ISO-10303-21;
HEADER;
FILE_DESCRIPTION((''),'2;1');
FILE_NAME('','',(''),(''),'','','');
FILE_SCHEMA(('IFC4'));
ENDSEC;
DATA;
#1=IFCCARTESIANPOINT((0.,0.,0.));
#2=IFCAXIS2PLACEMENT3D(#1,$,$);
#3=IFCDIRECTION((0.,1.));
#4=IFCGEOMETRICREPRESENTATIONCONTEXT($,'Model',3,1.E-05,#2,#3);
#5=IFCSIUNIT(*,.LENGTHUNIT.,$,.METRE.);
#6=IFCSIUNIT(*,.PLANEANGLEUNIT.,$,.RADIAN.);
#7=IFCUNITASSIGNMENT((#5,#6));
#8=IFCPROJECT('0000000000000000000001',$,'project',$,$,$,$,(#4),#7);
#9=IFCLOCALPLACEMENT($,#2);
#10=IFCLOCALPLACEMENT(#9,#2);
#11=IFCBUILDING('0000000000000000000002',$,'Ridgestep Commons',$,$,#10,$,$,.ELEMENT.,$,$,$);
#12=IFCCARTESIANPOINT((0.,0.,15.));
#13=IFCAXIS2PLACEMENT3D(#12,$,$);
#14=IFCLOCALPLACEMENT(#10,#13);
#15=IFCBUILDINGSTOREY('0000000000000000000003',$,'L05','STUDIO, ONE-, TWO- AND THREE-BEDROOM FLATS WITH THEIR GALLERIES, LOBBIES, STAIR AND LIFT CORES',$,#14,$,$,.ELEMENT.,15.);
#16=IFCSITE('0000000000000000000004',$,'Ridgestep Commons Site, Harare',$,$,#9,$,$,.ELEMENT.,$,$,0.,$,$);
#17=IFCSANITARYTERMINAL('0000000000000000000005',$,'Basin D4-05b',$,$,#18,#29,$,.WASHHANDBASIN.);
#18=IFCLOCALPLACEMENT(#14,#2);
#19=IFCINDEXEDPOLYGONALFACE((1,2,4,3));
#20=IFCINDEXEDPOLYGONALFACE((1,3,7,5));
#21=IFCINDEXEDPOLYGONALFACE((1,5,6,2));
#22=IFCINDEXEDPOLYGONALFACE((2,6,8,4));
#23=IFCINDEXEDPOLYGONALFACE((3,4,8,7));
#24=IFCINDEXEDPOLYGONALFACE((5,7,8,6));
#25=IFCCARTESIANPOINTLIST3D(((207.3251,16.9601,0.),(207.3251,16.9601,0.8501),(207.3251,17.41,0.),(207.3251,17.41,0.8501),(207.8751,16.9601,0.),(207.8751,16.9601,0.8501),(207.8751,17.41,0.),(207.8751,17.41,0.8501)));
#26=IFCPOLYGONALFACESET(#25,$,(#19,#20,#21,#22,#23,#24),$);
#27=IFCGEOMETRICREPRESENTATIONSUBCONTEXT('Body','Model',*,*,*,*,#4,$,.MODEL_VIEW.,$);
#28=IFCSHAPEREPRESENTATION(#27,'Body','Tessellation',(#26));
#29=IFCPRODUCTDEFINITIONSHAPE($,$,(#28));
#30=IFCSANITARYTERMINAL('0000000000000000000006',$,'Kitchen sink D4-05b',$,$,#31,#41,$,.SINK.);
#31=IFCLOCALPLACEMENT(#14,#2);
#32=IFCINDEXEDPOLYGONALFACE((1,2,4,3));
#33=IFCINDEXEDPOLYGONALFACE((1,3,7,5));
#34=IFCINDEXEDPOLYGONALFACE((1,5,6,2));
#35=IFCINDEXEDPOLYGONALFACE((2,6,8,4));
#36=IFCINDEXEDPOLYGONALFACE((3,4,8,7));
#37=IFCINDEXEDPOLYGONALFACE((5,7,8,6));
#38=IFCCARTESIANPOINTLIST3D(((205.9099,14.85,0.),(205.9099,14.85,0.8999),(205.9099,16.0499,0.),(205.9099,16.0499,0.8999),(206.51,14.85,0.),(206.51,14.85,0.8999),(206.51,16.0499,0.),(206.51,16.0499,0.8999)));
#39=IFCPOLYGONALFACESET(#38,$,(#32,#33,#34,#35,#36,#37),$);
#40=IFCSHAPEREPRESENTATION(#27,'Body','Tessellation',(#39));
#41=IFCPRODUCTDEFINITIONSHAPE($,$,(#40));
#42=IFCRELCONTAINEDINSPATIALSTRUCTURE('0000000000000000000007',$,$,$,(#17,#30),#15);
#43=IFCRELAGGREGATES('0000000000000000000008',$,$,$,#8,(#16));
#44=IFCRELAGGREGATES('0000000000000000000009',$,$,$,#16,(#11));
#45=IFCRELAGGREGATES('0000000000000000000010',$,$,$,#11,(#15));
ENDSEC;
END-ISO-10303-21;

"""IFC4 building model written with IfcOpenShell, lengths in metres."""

from ifc_helpers import new_model, si_unit, direction, frame, origin, origin_2d, place, context, subcontext, project, spatial, rectangle, extrude, element, save


model = new_model("IFC4")

# Units and contexts
model_context = context("Model", 3, precision=1e-05, world=origin(), true_north=direction((0.0, 1.0)))
body_context = subcontext(model_context, "Body", "Model", "MODEL_VIEW")
ifc_project = project(units=[si_unit("LENGTHUNIT", "METRE"), si_unit("PLANEANGLEUNIT", "RADIAN")], contexts=[model_context])

# Site, building, storey
site_placement = place(None, origin())
site = spatial("IfcSite", under=ifc_project, at=site_placement, Name="Ridgestep Commons Site, Harare", CompositionType="ELEMENT", RefElevation=0.0)
building_placement = place(site_placement, origin())
building = spatial("IfcBuilding", under=site, at=building_placement, Name="Ridgestep Commons", CompositionType="ELEMENT")
storey_placement = place(building_placement, frame((0.0, 0.0, 15.0)))
storey = spatial("IfcBuildingStorey", under=building, at=storey_placement, Name="L05", Description="STUDIO, ONE-, TWO- AND THREE-BEDROOM FLATS WITH THEIR GALLERIES, LOBBIES, STAIR AND LIFT CORES", CompositionType="ELEMENT", Elevation=15.0)

# Sanitary terminals
sanitary_terminal_1_placement = place(storey_placement, frame((207.6001, 17.1851, 0.0), z_axis=(0.0, 0.0, 1.0), x_axis=(1.0, 0.0, 0.0)))
element("IfcSanitaryTerminal", 1, at=sanitary_terminal_1_placement, inside=storey, Name="Basin D4-05b", PredefinedType="WASHHANDBASIN", context=body_context, shape_type="SweptSolid", body=[
    extrude(rectangle(XDim=0.55, YDim=0.45, at=origin_2d()), origin(), (0.0, 0.0, 1.0), 0.8501),
])
sanitary_terminal_2_placement = place(storey_placement, frame((206.21, 15.45, 0.0), z_axis=(0.0, 0.0, 1.0), x_axis=(1.0, 0.0, 0.0)))
element("IfcSanitaryTerminal", 2, at=sanitary_terminal_2_placement, inside=storey, Name="Kitchen sink D4-05b", PredefinedType="SINK", context=body_context, shape_type="SweptSolid", body=[
    extrude(rectangle(XDim=0.6001, YDim=1.2, at=origin_2d()), origin(), (0.0, 0.0, 1.0), 0.8999),
])

save(model, "model.ifc")
